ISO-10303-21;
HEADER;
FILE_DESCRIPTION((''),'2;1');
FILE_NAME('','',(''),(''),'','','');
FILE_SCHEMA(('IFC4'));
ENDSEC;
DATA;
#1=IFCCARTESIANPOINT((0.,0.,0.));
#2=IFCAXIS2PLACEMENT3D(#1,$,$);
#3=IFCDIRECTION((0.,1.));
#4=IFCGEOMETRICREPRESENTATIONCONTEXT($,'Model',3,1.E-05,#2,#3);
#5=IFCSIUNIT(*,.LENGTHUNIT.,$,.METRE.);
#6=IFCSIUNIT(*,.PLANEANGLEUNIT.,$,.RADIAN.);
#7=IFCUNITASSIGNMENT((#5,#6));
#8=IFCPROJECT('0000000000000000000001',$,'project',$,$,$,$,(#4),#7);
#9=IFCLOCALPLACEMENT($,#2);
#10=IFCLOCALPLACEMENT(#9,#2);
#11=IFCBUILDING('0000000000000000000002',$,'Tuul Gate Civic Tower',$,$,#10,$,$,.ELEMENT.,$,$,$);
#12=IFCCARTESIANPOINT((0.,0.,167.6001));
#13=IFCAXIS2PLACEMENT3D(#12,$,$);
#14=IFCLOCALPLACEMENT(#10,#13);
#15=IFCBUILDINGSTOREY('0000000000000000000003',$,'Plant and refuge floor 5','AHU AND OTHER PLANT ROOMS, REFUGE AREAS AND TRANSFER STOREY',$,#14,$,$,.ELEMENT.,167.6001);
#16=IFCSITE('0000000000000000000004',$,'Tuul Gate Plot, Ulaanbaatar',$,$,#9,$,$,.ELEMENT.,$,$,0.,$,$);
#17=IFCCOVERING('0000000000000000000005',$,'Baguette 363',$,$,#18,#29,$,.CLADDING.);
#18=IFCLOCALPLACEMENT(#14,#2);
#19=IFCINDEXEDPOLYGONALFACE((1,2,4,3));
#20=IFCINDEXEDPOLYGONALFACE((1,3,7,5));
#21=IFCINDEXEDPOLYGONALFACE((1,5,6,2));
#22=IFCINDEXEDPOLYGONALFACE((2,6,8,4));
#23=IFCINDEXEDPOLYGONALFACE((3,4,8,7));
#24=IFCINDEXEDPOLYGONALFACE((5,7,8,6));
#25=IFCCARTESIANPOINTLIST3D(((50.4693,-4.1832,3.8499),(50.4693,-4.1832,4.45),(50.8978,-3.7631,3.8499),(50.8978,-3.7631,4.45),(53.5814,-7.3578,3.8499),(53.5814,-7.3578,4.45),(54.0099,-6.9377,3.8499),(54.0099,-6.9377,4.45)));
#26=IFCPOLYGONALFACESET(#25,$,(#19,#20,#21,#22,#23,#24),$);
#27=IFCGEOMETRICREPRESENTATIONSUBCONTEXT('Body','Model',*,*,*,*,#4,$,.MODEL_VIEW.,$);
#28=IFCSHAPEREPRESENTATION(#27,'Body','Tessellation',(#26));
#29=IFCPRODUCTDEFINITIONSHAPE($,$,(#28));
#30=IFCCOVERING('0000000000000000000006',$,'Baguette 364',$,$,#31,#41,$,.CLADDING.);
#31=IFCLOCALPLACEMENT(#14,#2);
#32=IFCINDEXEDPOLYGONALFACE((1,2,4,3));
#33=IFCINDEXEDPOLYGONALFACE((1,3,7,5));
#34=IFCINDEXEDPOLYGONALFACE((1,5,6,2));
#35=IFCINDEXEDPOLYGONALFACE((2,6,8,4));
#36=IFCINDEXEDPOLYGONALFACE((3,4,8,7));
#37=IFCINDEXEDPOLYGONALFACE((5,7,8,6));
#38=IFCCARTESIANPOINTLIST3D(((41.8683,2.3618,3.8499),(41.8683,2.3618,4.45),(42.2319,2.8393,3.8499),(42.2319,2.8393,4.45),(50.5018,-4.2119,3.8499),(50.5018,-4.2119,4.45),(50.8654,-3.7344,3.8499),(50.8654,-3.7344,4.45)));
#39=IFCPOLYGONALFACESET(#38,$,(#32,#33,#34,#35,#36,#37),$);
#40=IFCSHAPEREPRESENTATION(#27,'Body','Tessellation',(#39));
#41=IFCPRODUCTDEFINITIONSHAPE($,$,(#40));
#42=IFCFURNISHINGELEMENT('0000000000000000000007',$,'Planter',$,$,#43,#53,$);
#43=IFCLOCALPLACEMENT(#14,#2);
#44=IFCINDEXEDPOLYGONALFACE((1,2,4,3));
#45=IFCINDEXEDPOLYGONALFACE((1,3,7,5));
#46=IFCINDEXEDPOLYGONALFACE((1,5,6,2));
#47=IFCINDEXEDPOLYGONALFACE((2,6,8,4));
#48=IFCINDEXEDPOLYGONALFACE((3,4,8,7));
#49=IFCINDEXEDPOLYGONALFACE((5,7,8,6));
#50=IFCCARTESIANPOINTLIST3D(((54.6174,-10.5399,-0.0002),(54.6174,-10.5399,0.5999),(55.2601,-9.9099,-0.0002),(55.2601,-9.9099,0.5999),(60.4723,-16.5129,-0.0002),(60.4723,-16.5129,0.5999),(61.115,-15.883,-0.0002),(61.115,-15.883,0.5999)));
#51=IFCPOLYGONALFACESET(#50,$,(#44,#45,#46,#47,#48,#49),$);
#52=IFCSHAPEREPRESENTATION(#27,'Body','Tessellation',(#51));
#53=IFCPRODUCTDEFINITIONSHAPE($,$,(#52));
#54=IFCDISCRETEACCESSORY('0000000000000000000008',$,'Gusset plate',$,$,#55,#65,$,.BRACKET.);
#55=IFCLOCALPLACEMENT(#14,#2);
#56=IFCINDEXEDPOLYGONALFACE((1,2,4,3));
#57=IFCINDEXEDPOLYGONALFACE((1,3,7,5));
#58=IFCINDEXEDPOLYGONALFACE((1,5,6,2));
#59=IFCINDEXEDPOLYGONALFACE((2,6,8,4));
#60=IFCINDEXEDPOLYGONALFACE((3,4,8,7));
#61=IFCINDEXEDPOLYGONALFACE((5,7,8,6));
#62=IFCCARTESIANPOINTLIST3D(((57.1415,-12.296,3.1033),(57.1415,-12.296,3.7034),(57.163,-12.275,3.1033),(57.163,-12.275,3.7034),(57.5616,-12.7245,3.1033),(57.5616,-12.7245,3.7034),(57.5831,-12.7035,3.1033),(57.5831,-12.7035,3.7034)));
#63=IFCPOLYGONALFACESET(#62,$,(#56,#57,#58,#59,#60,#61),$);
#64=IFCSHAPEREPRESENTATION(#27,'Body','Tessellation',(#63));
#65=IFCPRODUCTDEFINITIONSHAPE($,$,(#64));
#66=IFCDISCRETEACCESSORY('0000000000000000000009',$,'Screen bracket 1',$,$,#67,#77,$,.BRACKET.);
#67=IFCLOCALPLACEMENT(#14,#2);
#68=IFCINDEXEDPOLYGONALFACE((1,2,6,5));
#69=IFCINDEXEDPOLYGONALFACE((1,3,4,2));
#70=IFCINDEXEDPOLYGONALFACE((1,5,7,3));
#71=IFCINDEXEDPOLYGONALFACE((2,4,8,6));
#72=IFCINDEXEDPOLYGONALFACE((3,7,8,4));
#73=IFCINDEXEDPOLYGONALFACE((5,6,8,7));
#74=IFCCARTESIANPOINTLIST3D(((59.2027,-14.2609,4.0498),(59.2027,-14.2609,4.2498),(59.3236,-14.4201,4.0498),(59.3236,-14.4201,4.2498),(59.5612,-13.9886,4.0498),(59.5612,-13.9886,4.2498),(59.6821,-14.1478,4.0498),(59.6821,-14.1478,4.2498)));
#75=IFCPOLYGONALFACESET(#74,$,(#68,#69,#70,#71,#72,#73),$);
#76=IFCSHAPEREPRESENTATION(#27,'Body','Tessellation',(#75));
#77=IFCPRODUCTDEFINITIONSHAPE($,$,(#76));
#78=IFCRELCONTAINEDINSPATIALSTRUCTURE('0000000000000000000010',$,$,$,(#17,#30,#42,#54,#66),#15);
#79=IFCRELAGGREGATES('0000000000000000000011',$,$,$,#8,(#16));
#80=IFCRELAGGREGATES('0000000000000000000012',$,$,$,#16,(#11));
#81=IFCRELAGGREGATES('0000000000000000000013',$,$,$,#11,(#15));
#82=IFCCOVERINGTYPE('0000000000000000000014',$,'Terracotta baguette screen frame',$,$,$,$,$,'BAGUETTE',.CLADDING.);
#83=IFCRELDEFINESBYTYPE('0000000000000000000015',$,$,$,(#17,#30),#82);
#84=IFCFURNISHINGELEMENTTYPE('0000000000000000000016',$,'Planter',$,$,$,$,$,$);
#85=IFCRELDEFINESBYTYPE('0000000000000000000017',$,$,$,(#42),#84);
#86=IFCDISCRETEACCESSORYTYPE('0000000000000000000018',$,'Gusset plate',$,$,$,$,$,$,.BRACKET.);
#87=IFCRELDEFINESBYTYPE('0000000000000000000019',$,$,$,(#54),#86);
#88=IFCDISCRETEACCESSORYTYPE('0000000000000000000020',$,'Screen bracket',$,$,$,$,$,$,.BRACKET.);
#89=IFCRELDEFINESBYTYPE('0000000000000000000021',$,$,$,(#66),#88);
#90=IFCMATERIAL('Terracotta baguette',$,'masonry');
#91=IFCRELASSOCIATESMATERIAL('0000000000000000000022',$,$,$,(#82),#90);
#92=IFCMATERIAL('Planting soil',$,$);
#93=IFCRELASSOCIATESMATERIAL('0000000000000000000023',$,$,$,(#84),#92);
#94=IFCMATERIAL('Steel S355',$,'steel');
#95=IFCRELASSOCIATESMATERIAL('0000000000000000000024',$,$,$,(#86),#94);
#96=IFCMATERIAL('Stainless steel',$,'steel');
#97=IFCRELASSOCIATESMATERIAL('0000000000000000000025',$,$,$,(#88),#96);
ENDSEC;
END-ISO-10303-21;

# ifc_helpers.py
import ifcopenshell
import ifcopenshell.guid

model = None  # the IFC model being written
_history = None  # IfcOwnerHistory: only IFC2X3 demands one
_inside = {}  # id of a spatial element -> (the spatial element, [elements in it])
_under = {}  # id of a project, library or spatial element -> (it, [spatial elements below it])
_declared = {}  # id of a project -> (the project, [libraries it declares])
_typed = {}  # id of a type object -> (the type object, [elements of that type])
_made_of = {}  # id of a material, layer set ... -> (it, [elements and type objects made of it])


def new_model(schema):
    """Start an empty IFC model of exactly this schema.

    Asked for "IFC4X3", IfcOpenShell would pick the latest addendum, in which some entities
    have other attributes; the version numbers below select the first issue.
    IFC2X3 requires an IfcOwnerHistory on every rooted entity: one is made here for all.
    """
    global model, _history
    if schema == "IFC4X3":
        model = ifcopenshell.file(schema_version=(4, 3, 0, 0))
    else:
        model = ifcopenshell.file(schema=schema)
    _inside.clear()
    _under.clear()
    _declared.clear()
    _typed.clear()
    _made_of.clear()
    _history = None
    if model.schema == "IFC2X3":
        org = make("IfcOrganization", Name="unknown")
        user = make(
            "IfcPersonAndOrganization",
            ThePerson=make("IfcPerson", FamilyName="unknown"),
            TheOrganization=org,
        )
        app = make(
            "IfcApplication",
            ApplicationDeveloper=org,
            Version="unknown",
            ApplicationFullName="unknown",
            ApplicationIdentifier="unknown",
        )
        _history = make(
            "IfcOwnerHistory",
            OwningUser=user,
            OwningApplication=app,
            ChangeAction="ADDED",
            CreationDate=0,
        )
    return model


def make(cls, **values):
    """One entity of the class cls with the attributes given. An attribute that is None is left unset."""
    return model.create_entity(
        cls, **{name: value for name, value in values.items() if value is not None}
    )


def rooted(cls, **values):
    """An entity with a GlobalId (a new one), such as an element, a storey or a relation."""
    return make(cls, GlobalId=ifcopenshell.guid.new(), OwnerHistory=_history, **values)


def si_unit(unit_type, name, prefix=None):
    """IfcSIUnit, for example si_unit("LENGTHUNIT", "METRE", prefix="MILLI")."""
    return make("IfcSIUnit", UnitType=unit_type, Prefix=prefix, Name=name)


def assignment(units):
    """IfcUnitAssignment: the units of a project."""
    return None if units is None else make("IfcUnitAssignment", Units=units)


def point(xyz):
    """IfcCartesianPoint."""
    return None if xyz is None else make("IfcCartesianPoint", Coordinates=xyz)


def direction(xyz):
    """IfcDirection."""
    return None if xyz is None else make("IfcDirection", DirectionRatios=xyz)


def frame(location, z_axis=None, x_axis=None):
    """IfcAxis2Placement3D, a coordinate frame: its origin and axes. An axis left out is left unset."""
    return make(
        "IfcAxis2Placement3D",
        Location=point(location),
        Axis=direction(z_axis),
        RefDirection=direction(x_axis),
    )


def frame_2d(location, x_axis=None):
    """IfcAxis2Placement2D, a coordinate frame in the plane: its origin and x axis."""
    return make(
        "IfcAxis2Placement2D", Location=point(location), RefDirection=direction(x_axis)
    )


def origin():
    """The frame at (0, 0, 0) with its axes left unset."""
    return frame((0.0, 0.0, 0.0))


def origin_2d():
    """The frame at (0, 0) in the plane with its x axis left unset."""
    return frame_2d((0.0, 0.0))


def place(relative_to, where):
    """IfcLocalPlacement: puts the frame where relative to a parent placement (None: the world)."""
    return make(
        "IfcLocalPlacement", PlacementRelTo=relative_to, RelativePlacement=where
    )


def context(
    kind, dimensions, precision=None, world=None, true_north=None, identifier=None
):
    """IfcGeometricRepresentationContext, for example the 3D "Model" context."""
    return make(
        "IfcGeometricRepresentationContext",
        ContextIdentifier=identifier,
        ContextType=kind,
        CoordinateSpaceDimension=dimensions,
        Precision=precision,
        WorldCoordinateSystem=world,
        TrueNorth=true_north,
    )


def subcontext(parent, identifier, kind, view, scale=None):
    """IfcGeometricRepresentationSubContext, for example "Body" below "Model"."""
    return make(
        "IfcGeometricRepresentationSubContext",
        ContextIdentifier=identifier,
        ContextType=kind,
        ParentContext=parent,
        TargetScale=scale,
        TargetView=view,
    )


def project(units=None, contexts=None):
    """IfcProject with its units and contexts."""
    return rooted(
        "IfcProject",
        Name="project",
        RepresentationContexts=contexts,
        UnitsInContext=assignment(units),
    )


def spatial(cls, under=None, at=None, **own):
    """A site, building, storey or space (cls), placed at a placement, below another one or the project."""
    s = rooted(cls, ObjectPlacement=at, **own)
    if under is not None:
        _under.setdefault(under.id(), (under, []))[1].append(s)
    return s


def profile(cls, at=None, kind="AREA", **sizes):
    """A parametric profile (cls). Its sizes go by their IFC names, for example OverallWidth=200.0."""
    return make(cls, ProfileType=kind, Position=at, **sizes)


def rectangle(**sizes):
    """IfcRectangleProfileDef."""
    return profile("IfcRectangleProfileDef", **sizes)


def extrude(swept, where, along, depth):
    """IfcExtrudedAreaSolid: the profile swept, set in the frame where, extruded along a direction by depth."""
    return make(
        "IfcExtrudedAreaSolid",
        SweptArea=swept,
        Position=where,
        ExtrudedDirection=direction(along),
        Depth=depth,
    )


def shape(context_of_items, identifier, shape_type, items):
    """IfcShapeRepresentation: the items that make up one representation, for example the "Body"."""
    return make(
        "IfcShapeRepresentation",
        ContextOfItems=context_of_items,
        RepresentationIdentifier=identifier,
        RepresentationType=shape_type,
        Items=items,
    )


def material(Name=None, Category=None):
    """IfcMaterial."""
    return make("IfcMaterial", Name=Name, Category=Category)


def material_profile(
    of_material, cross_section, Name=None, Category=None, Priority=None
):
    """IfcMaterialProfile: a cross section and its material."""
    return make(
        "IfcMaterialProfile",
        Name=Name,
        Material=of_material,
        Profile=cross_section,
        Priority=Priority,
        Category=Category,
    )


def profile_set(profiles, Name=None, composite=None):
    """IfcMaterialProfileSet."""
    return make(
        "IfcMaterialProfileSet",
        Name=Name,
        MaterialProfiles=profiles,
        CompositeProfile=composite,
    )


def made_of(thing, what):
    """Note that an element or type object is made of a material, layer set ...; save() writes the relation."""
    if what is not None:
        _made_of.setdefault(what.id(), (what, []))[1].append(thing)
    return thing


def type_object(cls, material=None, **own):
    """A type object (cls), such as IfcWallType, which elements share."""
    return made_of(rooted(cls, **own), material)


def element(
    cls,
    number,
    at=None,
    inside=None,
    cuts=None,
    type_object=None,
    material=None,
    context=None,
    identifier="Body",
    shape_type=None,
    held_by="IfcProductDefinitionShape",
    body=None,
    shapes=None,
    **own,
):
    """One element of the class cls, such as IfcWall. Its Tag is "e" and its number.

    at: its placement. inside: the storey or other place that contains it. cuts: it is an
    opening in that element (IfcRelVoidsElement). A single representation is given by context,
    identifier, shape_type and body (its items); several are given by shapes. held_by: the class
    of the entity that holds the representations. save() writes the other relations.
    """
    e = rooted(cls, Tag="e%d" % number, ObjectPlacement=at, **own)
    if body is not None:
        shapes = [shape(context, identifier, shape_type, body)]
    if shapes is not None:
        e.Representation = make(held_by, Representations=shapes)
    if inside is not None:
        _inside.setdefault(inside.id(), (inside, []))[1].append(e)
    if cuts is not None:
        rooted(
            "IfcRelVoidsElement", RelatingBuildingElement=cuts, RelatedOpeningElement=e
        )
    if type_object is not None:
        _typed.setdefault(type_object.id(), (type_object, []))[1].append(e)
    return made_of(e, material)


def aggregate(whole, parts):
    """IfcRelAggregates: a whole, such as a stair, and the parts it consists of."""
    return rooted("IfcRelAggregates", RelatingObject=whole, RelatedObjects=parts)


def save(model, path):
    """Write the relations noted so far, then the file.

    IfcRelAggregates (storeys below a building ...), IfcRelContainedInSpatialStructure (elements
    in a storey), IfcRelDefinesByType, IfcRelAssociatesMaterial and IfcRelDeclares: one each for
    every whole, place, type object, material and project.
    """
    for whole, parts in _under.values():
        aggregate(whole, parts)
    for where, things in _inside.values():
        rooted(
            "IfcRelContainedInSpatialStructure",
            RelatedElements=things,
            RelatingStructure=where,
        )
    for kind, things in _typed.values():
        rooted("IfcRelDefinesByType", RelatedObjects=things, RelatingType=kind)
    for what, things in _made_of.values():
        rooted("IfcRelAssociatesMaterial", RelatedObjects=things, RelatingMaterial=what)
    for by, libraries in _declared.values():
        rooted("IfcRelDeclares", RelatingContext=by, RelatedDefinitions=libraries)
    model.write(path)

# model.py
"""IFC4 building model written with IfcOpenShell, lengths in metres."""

from ifc_helpers import new_model, si_unit, direction, frame, origin, origin_2d, place, context, subcontext, project, spatial, rectangle, extrude, material, material_profile, profile_set, type_object, element, save


model = new_model("IFC4")

# Units and contexts
model_context = context("Model", 3, precision=1e-05, world=origin(), true_north=direction((0.0, 1.0)))
body_context = subcontext(model_context, "Body", "Model", "MODEL_VIEW")
ifc_project = project(units=[si_unit("LENGTHUNIT", "METRE"), si_unit("PLANEANGLEUNIT", "RADIAN")], contexts=[model_context])

# Site, building, storey
site_placement = place(None, origin())
site = spatial("IfcSite", under=ifc_project, at=site_placement, Name="Tuul Gate Plot, Ulaanbaatar", CompositionType="ELEMENT", RefElevation=0.0)
building_placement = place(site_placement, origin())
building = spatial("IfcBuilding", under=site, at=building_placement, Name="Tuul Gate Civic Tower", CompositionType="ELEMENT")
storey_placement = place(building_placement, frame((0.0, 0.0, 167.6001)))
storey = spatial("IfcBuildingStorey", under=building, at=storey_placement, Name="Plant and refuge floor 5", Description="AHU AND OTHER PLANT ROOMS, REFUGE AREAS AND TRANSFER STOREY", CompositionType="ELEMENT", Elevation=167.6001)

# Coverings
ifc_material_1 = material(Name="Terracotta baguette", Category="masonry")
ifc_material_profile_1 = material_profile(ifc_material_1, rectangle(XDim=0.6001, YDim=0.6001, at=origin_2d()), Name="Terracotta baguette screen frame")
ifc_profile_set_1 = profile_set([ifc_material_profile_1], Name="Terracotta baguette")
covering_type = type_object("IfcCoveringType", Name="Terracotta baguette screen frame", ElementType="BAGUETTE", PredefinedType="CLADDING", material=ifc_profile_set_1)
covering_1_placement = place(storey_placement, frame((53.7957, -7.1477, 4.1499), z_axis=(-0.700042, 0.714101, 0.0), x_axis=(-0.714101, -0.700042, 0.0)))
element("IfcCovering", 1, at=covering_1_placement, inside=storey, type_object=covering_type, Name="Baguette 363", PredefinedType="CLADDING", context=body_context, shape_type="SweptSolid", body=[
    extrude(rectangle(XDim=0.6001, YDim=0.6001, at=origin_2d()), origin(), (0.0, 0.0, 1.0), 4.4456),
])
covering_2_placement = place(storey_placement, frame((50.6836, -3.9731, 4.1499), z_axis=(-0.795619, 0.605798, 0.0), x_axis=(-0.605798, -0.795619, 0.0)))
element("IfcCovering", 2, at=covering_2_placement, inside=storey, type_object=covering_type, Name="Baguette 364", PredefinedType="CLADDING", context=body_context, shape_type="SweptSolid", body=[
    extrude(rectangle(XDim=0.6001, YDim=0.6001, at=origin_2d()), origin(), (0.0, 0.0, 1.0), 10.8513),
])

# Furnishing element
ifc_material_2 = material(Name="Planting soil")
furnishing_element_type = type_object("IfcFurnishingElementType", Name="Planter", material=ifc_material_2)
furnishing_placement = place(storey_placement, frame((57.8662, -13.2114, -0.0002), z_axis=(0.0, 0.0, 1.0), x_axis=(-0.700011, 0.714132, 0.0)))
element("IfcFurnishingElement", 3, at=furnishing_placement, inside=storey, type_object=furnishing_element_type, Name="Planter", context=body_context, shape_type="SweptSolid", body=[
    extrude(rectangle(XDim=8.364, YDim=0.8999, at=origin_2d()), origin(), (0.0, 0.0, 1.0), 0.6001),
])

# Discrete accessories
ifc_material_3 = material(Name="Steel S355", Category="steel")
discrete_accessory_type_1 = type_object("IfcDiscreteAccessoryType", Name="Gusset plate", PredefinedType="BRACKET", material=ifc_material_3)
discrete_accessory_1_placement = place(storey_placement, frame((57.3623, -12.4998, 3.1033), z_axis=(0.0, 0.0, 1.0), x_axis=(-0.700048, 0.714096, 0.0)))
element("IfcDiscreteAccessory", 4, at=discrete_accessory_1_placement, inside=storey, type_object=discrete_accessory_type_1, Name="Gusset plate", PredefinedType="BRACKET", context=body_context, shape_type="SweptSolid", body=[
    extrude(rectangle(XDim=0.6001, YDim=0.03, at=origin_2d()), origin(), (0.0, 0.0, 1.0), 0.6001),
])
ifc_material_4 = material(Name="Stainless steel", Category="steel")
discrete_accessory_type_2 = type_object("IfcDiscreteAccessoryType", Name="Screen bracket", PredefinedType="BRACKET", material=ifc_material_4)
discrete_accessory_2_placement = place(storey_placement, frame((59.4424, -14.2043, 4.0498), z_axis=(0.0, 0.0, 1.0), x_axis=(0.796383, 0.604792, 0.0)))
element("IfcDiscreteAccessory", 5, at=discrete_accessory_2_placement, inside=storey, type_object=discrete_accessory_type_2, Name="Screen bracket 1", PredefinedType="BRACKET", context=body_context, shape_type="SweptSolid", body=[
    extrude(rectangle(XDim=0.4502, YDim=0.2, at=origin_2d()), origin(), (0.0, 0.0, 1.0), 0.2),
])

save(model, "model.ifc")
